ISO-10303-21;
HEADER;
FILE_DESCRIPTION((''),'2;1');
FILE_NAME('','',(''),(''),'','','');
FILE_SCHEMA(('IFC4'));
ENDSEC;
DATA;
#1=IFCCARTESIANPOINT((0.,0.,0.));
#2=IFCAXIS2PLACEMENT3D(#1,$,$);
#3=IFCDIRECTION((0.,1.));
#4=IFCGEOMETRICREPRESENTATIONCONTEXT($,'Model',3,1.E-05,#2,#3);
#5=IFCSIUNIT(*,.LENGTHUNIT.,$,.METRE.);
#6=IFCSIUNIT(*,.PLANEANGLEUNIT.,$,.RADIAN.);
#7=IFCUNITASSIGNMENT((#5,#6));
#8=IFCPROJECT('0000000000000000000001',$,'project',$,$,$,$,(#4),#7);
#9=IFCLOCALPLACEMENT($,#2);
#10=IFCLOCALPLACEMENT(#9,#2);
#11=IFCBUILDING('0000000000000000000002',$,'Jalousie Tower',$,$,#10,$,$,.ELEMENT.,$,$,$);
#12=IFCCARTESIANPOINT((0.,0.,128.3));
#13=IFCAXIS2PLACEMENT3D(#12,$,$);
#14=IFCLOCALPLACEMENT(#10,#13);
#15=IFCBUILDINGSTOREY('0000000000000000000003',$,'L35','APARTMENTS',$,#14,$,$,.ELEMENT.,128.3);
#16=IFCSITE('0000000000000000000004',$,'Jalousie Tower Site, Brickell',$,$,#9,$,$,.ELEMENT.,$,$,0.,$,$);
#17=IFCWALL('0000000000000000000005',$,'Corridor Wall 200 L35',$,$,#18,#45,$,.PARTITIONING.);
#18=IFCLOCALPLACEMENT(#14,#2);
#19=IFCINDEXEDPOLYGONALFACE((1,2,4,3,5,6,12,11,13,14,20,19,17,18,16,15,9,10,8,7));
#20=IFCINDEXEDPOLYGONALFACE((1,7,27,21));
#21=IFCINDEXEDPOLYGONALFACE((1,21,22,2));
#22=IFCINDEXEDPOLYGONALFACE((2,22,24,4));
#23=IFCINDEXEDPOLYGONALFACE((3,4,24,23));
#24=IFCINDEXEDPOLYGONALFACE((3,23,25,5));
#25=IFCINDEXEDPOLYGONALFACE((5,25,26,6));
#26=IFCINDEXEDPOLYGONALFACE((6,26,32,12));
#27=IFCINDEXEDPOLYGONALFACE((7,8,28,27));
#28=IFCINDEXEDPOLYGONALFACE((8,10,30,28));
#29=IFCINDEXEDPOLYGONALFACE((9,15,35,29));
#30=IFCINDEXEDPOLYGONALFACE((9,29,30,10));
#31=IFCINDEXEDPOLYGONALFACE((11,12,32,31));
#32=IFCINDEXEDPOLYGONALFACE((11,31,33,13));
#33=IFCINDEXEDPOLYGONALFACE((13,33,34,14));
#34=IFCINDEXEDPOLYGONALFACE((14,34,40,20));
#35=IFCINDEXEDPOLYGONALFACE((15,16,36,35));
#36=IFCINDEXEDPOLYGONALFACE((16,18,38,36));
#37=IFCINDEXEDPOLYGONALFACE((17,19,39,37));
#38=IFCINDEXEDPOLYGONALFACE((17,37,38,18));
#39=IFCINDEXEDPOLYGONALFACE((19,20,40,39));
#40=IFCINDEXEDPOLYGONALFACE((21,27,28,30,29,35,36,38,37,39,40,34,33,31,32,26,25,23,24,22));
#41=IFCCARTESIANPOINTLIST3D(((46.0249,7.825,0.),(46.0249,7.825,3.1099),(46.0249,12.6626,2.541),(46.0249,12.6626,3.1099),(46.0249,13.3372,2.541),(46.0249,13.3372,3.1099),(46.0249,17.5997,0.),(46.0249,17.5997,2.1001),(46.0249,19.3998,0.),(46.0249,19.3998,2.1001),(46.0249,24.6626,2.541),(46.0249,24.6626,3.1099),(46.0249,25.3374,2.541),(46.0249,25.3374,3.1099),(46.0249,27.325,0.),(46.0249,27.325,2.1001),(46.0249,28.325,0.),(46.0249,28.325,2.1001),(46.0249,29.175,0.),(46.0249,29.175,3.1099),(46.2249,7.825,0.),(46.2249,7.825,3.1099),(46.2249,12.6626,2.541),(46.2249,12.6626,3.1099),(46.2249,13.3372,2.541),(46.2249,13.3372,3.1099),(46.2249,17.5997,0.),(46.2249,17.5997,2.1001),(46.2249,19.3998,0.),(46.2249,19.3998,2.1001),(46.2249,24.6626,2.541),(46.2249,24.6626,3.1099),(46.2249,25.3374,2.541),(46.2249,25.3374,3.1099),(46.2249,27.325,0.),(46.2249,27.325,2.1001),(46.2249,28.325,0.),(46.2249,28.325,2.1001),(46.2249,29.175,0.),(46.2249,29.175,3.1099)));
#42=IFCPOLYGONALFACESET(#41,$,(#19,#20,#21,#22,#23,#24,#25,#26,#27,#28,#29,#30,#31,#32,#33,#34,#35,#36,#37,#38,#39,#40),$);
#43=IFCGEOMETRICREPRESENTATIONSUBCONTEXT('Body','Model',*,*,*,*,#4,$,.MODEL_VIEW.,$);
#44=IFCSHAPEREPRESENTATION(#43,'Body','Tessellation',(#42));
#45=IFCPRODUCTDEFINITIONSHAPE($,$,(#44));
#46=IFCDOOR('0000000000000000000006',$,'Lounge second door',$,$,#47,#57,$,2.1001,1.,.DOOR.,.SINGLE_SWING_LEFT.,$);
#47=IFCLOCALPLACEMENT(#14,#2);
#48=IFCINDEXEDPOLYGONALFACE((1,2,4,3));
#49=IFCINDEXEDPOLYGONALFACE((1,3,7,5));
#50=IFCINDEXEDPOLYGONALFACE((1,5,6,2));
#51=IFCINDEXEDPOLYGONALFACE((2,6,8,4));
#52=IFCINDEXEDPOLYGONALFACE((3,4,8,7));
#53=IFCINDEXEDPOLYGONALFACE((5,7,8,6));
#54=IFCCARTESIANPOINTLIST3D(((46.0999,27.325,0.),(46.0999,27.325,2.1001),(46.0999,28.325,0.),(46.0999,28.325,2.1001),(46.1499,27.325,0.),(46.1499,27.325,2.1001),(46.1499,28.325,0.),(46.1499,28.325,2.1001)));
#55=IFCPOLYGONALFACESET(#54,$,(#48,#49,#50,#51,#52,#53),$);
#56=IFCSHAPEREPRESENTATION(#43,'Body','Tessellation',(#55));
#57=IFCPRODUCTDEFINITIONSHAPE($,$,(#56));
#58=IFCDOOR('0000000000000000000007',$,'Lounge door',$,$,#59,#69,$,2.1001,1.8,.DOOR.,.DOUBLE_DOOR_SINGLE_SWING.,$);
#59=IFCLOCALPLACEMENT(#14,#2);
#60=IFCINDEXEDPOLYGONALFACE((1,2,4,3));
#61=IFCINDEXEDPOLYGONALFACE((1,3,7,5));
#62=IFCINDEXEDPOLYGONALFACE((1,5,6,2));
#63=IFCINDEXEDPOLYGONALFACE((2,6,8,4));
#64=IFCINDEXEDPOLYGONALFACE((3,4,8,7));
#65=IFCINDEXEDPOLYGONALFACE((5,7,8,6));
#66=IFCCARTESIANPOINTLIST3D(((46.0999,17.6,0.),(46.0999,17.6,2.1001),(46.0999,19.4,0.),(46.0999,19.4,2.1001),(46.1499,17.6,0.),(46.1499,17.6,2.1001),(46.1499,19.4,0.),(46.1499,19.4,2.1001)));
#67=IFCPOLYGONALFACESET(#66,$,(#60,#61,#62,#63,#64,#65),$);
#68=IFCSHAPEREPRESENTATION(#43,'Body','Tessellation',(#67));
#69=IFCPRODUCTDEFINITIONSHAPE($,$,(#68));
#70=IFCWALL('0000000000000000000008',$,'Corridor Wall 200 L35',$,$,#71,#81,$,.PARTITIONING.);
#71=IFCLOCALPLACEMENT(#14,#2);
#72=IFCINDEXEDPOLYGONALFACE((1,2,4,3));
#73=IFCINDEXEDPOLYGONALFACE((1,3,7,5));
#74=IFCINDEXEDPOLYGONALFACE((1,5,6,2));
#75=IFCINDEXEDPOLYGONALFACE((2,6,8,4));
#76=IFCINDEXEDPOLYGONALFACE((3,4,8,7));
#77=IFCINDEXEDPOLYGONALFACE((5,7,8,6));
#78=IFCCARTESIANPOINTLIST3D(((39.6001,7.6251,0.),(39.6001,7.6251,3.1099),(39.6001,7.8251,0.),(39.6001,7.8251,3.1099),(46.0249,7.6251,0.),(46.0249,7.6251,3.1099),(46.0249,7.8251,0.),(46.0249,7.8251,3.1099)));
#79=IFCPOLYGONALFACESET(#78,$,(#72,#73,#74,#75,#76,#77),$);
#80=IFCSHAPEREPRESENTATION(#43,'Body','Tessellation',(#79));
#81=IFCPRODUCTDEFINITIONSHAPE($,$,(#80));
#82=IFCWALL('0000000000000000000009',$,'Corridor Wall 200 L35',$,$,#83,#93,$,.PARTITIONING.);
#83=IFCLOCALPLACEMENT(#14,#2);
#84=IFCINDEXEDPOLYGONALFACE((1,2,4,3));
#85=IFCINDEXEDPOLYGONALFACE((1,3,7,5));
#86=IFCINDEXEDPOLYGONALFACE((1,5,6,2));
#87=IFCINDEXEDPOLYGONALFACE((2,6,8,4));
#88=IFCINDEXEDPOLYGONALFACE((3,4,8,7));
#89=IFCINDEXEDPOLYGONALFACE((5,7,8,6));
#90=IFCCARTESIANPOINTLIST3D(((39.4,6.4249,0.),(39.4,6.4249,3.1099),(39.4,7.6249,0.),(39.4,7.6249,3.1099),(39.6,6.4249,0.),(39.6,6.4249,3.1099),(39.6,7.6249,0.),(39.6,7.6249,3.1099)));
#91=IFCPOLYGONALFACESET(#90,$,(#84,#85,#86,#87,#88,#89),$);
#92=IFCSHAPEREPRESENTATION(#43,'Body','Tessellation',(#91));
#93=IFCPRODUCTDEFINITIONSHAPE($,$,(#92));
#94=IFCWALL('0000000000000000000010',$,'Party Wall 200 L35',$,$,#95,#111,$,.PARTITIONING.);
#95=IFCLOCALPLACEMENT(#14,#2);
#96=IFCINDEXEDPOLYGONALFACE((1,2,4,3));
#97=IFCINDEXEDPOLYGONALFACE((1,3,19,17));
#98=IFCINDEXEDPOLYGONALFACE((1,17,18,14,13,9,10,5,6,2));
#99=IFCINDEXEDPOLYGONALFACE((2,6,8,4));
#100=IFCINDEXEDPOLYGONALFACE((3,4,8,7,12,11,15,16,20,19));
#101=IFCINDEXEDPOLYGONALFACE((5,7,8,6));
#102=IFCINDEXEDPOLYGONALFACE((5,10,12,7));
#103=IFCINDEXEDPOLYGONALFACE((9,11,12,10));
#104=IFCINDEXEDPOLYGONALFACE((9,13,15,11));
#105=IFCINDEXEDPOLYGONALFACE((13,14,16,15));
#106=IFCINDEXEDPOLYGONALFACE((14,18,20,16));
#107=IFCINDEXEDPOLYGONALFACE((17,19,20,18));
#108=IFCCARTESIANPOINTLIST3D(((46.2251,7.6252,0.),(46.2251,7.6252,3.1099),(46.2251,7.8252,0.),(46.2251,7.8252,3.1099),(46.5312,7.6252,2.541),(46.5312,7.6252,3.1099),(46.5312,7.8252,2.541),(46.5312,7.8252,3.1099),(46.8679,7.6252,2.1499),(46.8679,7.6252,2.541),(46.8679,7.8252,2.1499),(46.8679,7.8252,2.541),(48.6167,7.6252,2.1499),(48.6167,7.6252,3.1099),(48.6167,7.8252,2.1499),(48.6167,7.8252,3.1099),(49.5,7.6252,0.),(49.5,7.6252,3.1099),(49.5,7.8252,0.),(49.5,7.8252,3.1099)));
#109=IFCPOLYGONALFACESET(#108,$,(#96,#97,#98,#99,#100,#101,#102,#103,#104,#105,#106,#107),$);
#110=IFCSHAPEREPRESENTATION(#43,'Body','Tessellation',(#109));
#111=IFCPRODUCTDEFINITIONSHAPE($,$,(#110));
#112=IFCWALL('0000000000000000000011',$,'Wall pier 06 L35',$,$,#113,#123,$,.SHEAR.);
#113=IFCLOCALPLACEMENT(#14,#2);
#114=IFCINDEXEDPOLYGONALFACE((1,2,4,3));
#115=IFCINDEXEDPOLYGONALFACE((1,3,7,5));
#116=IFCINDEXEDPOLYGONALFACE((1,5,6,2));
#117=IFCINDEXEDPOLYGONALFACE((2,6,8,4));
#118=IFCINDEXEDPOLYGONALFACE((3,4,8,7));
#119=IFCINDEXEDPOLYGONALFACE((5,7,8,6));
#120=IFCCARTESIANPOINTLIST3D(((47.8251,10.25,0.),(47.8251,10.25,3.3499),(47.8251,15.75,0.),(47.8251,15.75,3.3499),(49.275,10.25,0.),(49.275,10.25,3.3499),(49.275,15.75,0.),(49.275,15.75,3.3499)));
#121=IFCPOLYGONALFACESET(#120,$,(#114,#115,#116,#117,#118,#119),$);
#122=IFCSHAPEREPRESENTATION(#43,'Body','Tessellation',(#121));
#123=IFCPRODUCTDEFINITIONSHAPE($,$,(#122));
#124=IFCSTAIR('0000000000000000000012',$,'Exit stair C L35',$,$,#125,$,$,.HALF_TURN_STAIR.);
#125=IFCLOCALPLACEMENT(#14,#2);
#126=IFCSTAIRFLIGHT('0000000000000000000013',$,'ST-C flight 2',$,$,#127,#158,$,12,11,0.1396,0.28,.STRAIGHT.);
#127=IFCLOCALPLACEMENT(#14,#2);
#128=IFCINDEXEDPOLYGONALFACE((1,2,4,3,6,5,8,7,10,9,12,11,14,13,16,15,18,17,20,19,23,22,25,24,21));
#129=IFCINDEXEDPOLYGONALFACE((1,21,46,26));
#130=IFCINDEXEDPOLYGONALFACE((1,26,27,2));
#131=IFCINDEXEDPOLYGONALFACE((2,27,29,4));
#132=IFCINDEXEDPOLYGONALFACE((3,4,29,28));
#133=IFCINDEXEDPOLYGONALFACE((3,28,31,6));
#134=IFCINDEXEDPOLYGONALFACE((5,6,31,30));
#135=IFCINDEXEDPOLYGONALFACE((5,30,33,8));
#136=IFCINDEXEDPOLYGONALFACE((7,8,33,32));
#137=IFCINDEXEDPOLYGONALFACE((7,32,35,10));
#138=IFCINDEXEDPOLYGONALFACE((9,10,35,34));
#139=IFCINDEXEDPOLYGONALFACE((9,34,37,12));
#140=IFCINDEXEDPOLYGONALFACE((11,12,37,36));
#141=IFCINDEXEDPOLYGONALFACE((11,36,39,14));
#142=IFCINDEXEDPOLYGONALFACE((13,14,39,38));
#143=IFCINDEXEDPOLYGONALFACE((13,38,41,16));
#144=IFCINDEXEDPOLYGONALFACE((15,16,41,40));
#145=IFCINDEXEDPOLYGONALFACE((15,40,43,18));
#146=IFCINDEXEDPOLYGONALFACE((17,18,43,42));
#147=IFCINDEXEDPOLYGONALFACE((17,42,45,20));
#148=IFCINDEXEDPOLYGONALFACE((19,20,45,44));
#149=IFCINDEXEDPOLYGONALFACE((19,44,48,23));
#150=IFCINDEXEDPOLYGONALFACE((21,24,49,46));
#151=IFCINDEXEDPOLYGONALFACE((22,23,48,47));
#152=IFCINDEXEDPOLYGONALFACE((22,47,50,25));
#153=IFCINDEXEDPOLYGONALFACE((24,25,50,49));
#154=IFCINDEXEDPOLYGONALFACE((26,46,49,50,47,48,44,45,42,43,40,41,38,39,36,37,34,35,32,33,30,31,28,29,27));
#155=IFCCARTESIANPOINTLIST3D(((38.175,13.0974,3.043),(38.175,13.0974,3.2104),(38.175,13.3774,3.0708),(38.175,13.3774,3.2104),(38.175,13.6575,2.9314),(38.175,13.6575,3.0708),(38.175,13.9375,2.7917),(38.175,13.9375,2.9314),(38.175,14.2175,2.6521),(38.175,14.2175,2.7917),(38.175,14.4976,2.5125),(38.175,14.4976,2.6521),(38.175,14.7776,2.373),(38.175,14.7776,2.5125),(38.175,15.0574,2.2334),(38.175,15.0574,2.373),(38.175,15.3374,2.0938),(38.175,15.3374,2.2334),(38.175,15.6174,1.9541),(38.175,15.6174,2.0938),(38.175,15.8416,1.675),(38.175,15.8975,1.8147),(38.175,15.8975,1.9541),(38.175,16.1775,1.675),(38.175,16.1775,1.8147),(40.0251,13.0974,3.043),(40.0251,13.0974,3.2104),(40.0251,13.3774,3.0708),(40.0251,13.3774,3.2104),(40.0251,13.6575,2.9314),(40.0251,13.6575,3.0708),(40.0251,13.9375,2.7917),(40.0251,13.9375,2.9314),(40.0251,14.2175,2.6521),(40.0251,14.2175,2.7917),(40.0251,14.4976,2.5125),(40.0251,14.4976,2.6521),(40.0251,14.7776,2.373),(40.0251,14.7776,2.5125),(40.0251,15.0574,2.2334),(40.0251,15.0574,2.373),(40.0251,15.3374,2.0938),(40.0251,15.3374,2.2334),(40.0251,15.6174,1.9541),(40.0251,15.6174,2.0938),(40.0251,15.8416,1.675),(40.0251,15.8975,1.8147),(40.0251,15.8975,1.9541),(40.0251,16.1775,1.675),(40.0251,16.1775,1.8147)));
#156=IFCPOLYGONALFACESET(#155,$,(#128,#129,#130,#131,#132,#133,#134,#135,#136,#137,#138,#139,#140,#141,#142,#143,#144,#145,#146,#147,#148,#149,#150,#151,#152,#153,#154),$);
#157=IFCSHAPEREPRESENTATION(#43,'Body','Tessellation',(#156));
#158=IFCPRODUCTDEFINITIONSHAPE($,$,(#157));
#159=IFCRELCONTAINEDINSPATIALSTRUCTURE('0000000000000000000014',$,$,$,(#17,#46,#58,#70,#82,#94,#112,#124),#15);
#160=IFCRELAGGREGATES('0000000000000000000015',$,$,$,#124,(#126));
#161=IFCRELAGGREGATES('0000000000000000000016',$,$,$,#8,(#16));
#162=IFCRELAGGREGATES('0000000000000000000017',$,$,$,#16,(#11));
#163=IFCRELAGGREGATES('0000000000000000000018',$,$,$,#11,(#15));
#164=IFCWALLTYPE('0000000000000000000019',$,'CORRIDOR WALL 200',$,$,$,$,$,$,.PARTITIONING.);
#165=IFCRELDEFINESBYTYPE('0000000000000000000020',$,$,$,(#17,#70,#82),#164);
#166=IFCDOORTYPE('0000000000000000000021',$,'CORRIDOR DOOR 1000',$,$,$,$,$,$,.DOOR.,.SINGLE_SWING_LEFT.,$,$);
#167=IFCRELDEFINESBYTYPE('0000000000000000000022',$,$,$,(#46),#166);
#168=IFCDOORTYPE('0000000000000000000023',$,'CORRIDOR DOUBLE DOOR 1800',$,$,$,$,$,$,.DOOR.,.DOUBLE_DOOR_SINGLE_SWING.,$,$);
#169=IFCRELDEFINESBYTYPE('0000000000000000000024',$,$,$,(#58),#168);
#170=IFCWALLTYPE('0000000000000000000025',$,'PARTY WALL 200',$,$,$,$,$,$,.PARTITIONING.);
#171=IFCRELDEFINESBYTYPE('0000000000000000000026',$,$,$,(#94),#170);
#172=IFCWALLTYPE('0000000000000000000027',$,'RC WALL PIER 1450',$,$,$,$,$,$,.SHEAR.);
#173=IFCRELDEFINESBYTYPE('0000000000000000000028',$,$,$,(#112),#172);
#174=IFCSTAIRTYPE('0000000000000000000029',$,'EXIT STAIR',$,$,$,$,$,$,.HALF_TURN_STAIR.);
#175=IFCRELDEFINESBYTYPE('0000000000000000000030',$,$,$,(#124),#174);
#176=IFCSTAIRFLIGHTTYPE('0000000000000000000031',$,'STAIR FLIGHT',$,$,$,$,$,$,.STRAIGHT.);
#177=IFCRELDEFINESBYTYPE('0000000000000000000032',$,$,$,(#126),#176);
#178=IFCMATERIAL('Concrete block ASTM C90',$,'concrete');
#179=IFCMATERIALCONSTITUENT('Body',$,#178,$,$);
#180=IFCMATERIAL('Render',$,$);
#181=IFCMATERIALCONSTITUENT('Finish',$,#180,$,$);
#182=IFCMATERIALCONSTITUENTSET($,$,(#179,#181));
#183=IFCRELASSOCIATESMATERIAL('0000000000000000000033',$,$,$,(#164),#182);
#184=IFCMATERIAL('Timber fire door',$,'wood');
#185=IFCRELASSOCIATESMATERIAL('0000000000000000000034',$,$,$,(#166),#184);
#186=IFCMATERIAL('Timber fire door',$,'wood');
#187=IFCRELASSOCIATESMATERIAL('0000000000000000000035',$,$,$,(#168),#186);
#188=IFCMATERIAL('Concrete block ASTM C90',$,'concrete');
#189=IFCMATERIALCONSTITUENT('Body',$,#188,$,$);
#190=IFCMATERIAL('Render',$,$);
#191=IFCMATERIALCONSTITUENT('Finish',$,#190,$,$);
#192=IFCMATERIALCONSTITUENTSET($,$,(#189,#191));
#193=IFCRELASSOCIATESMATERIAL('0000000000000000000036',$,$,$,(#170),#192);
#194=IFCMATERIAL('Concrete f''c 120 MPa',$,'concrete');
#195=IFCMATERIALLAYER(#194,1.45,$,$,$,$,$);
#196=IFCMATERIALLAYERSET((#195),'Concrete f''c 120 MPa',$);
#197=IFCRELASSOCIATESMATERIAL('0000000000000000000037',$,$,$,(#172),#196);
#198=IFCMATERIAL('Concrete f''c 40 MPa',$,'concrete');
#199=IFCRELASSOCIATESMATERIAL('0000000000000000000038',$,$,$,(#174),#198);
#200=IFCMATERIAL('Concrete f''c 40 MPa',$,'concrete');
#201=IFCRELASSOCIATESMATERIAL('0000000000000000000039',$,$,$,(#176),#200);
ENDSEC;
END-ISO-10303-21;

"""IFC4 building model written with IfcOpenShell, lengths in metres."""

from ifc_helpers import new_model, si_unit, direction, frame, frame_2d, origin, place, context, subcontext, project, spatial, polyline, rectangle, outline, extrude, material, layer, layer_set, constituent, constituent_set, type_object, element, fill, aggregate, save


model = new_model("IFC4")

# Units and contexts
model_context = context("Model", 3, precision=1e-05, world=origin(), true_north=direction((0.0, 1.0)))
body_context = subcontext(model_context, "Body", "Model", "MODEL_VIEW")
ifc_project = project(units=[si_unit("LENGTHUNIT", "METRE"), si_unit("PLANEANGLEUNIT", "RADIAN")], contexts=[model_context])

# Site, building, storey
site_placement = place(None, origin())
site = spatial("IfcSite", under=ifc_project, at=site_placement, Name="Jalousie Tower Site, Brickell", CompositionType="ELEMENT", RefElevation=0.0)
building_placement = place(site_placement, origin())
building = spatial("IfcBuilding", under=site, at=building_placement, Name="Jalousie Tower", CompositionType="ELEMENT")
storey_placement = place(building_placement, frame((0.0, 0.0, 128.3)))
storey = spatial("IfcBuildingStorey", under=building, at=storey_placement, Name="L35", Description="APARTMENTS", CompositionType="ELEMENT", Elevation=128.3)

# Wall, openings, doors
ifc_material_1 = material(Name="Concrete block ASTM C90", Category="concrete")
ifc_constituent_1 = constituent(ifc_material_1, Name="Body")
ifc_material_2 = material(Name="Render")
ifc_constituent_2 = constituent(ifc_material_2, Name="Finish")
ifc_constituent_set_1 = constituent_set(constituents=[ifc_constituent_1, ifc_constituent_2])
wall_type_1 = type_object("IfcWallType", Name="CORRIDOR WALL 200", PredefinedType="PARTITIONING", material=ifc_constituent_set_1)
wall_1_placement = place(storey_placement, frame((46.125, 7.825, 0.0), z_axis=(0.0, 0.0, 1.0), x_axis=(0.0, 1.0, 0.0)))
wall_1 = element("IfcWall", 1, at=wall_1_placement, inside=storey, type_object=wall_type_1, Name="Corridor Wall 200 L35", PredefinedType="PARTITIONING", context=body_context, shape_type="SweptSolid", body=[
    extrude(outline(polyline([(0.0, 0.0), (21.3501, 0.0), (21.3501, 3.1099), (17.5125, 3.1099), (17.5125, 2.541), (16.8376, 2.541), (16.8376, 3.1099), (5.5122, 3.1099), (5.5122, 2.541), (4.8376, 2.541), (4.8376, 3.1099), (0.0, 3.1099), (0.0, 0.0)])), frame((0.0, 0.1001, 0.0), z_axis=(0.0, -1.0, 0.0), x_axis=(1.0, 0.0, 0.0)), (0.0, 0.0, 1.0), 0.2),
])
opening_1_placement = place(wall_1_placement, frame((9.7749, 0.0, 0.0)))
opening_1 = element("IfcOpeningElement", 2, at=opening_1_placement, cuts=wall_1, PredefinedType="OPENING", context=body_context, shape_type="SweptSolid", body=[
    extrude(rectangle(XDim=1.8, YDim=2.1001, at=frame_2d((0.8999, 1.05))), frame((0.0, 0.1099, 0.0), z_axis=(0.0, -1.0, 0.0), x_axis=(1.0, 0.0, 0.0)), (0.0, 0.0, 1.0), 0.22),
])
opening_2_placement = place(wall_1_placement, frame((19.5, 0.0, 0.0)))
opening_2 = element("IfcOpeningElement", 3, at=opening_2_placement, cuts=wall_1, PredefinedType="OPENING", context=body_context, shape_type="SweptSolid", body=[
    extrude(rectangle(XDim=1.0, YDim=2.1001, at=frame_2d((0.5, 1.05))), frame((0.0, 0.1099, 0.0), z_axis=(0.0, -1.0, 0.0), x_axis=(1.0, 0.0, 0.0)), (0.0, 0.0, 1.0), 0.22),
])
ifc_material_3 = material(Name="Timber fire door", Category="wood")
door_type_1 = type_object("IfcDoorType", Name="CORRIDOR DOOR 1000", OperationType="SINGLE_SWING_LEFT", PredefinedType="DOOR", material=ifc_material_3)
door_1_placement = place(opening_2_placement, frame((1.0, 0.0, 0.0), z_axis=(0.0, 0.0, 1.0), x_axis=(-1.0, 0.0, 0.0)))
door_1 = element("IfcDoor", 4, at=door_1_placement, inside=storey, type_object=door_type_1, Name="Lounge second door", OperationType="SINGLE_SWING_LEFT", OverallHeight=2.1001, OverallWidth=1.0, PredefinedType="DOOR", context=body_context, shape_type="SweptSolid", body=[
    extrude(rectangle(XDim=1.0, YDim=2.1001, at=frame_2d((0.5, 1.05))), frame((0.0, 0.0249, 0.0), z_axis=(0.0, -1.0, 0.0), x_axis=(1.0, 0.0, 0.0)), (0.0, 0.0, 1.0), 0.05),
])
fill(opening_2, door_1)
ifc_material_4 = material(Name="Timber fire door", Category="wood")
door_type_2 = type_object("IfcDoorType", Name="CORRIDOR DOUBLE DOOR 1800", OperationType="DOUBLE_DOOR_SINGLE_SWING", PredefinedType="DOOR", material=ifc_material_4)
door_2_placement = place(opening_1_placement, frame((1.8, 0.0, 0.0), z_axis=(0.0, 0.0, 1.0), x_axis=(-1.0, 0.0, 0.0)))
door_2 = element("IfcDoor", 5, at=door_2_placement, inside=storey, type_object=door_type_2, Name="Lounge door", OperationType="DOUBLE_DOOR_SINGLE_SWING", OverallHeight=2.1001, OverallWidth=1.8, PredefinedType="DOOR", context=body_context, shape_type="SweptSolid", body=[
    extrude(rectangle(XDim=1.8, YDim=2.1001, at=frame_2d((0.8999, 1.05))), frame((0.0, 0.0249, 0.0), z_axis=(0.0, -1.0, 0.0), x_axis=(1.0, 0.0, 0.0)), (0.0, 0.0, 1.0), 0.05),
])
fill(opening_1, door_2)

# Walls
wall_2_placement = place(storey_placement, frame((39.6001, 7.7251, 0.0), z_axis=(0.0, 0.0, 1.0), x_axis=(1.0, 0.0, 0.0)))
element("IfcWall", 6, at=wall_2_placement, inside=storey, type_object=wall_type_1, Name="Corridor Wall 200 L35", PredefinedType="PARTITIONING", context=body_context, shape_type="SweptSolid", body=[
    extrude(rectangle(XDim=6.4248, YDim=0.2, at=frame_2d((3.2124, 0.0))), origin(), (0.0, 0.0, 1.0), 3.1099),
])
wall_3_placement = place(storey_placement, frame((39.5, 7.625, 0.0), z_axis=(0.0, 0.0, 1.0), x_axis=(0.0, -1.0, 0.0)))
element("IfcWall", 7, at=wall_3_placement, inside=storey, type_object=wall_type_1, Name="Corridor Wall 200 L35", PredefinedType="PARTITIONING", context=body_context, shape_type="SweptSolid", body=[
    extrude(rectangle(XDim=1.2, YDim=0.2, at=frame_2d((0.6001, 0.0))), origin(), (0.0, 0.0, 1.0), 3.1099),
])
ifc_material_5 = material(Name="Concrete block ASTM C90", Category="concrete")
ifc_constituent_3 = constituent(ifc_material_5, Name="Body")
ifc_material_6 = material(Name="Render")
ifc_constituent_4 = constituent(ifc_material_6, Name="Finish")
ifc_constituent_set_2 = constituent_set(constituents=[ifc_constituent_3, ifc_constituent_4])
wall_type_2 = type_object("IfcWallType", Name="PARTY WALL 200", PredefinedType="PARTITIONING", material=ifc_constituent_set_2)
wall_4_placement = place(storey_placement, frame((46.2251, 7.7251, 0.0), z_axis=(0.0, 0.0, 1.0), x_axis=(1.0, 0.0, 0.0)))
element("IfcWall", 8, at=wall_4_placement, inside=storey, type_object=wall_type_2, Name="Party Wall 200 L35", PredefinedType="PARTITIONING", context=body_context, shape_type="SweptSolid", body=[
    extrude(outline(polyline([(0.0, 0.0), (3.2749, 0.0), (3.2749, 3.1099), (2.3916, 3.1099), (2.3916, 2.1499), (0.6428, 2.1499), (0.6428, 2.541), (0.3062, 2.541), (0.3062, 3.1099), (0.0, 3.1099), (0.0, 0.0)])), frame((0.0, 0.1001, 0.0), z_axis=(0.0, -1.0, 0.0), x_axis=(1.0, 0.0, 0.0)), (0.0, 0.0, 1.0), 0.2),
])
ifc_material_7 = material(Name="Concrete f'c 120 MPa", Category="concrete")
ifc_layer_1 = layer(ifc_material_7, 1.45)
ifc_layer_set_1 = layer_set([ifc_layer_1], Name="Concrete f'c 120 MPa")
wall_type_3 = type_object("IfcWallType", Name="RC WALL PIER 1450", PredefinedType="SHEAR", material=ifc_layer_set_1)
wall_5_placement = place(storey_placement, frame((48.55, 10.25, 0.0), z_axis=(0.0, 0.0, 1.0), x_axis=(0.0, 1.0, 0.0)))
element("IfcWall", 9, at=wall_5_placement, inside=storey, type_object=wall_type_3, Name="Wall pier 06 L35", PredefinedType="SHEAR", context=body_context, shape_type="SweptSolid", body=[
    extrude(rectangle(XDim=5.5, YDim=1.45, at=frame_2d((2.75, 0.0))), origin(), (0.0, 0.0, 1.0), 3.3499),
])

# Stair, stair flight
ifc_material_8 = material(Name="Concrete f'c 40 MPa", Category="concrete")
stair_type = type_object("IfcStairType", Name="EXIT STAIR", PredefinedType="HALF_TURN_STAIR", material=ifc_material_8)
stair_placement = place(storey_placement, origin())
stair = element("IfcStair", 10, at=stair_placement, inside=storey, type_object=stair_type, Name="Exit stair C L35", PredefinedType="HALF_TURN_STAIR")
ifc_material_9 = material(Name="Concrete f'c 40 MPa", Category="concrete")
stair_flight_type = type_object("IfcStairFlightType", Name="STAIR FLIGHT", PredefinedType="STRAIGHT", material=ifc_material_9)
stair_flight_placement = place(storey_placement, frame((39.1001, 16.1775, 1.675), z_axis=(0.0, 0.0, 1.0), x_axis=(0.0, -1.0, 0.0)))
stair_flight = element("IfcStairFlight", 11, at=stair_flight_placement, type_object=stair_flight_type, Name="ST-C flight 2", NumberOfRisers=12, NumberOfTreads=11, PredefinedType="STRAIGHT", RiserHeight=0.1396, TreadLength=0.28, context=body_context, shape_type="SweptSolid", body=[
    extrude(outline(polyline([(0.0, 0.0), (0.0, 0.1396), (0.28, 0.1396), (0.28, 0.2791), (0.5601, 0.2791), (0.5601, 0.4187), (0.8401, 0.4187), (0.8401, 0.5583), (1.1201, 0.5583), (1.1201, 0.698), (1.3999, 0.698), (1.3999, 0.8374), (1.6799, 0.8374), (1.6799, 0.9771), (1.96, 0.9771), (1.96, 1.1167), (2.24, 1.1167), (2.24, 1.2563), (2.52, 1.2563), (2.52, 1.3958), (2.8, 1.3958), (2.8, 1.5354), (3.0801, 1.5354), (3.0801, 1.675), (3.0801, 1.3679), (0.3359, 0.0), (0.0, 0.0)])), frame((0.0, 0.925, 0.0), z_axis=(0.0, -1.0, 0.0), x_axis=(1.0, 0.0, 0.0)), (0.0, 0.0, 1.0), 1.8501),
])
aggregate(stair, [stair_flight])

save(model, "model.ifc")
